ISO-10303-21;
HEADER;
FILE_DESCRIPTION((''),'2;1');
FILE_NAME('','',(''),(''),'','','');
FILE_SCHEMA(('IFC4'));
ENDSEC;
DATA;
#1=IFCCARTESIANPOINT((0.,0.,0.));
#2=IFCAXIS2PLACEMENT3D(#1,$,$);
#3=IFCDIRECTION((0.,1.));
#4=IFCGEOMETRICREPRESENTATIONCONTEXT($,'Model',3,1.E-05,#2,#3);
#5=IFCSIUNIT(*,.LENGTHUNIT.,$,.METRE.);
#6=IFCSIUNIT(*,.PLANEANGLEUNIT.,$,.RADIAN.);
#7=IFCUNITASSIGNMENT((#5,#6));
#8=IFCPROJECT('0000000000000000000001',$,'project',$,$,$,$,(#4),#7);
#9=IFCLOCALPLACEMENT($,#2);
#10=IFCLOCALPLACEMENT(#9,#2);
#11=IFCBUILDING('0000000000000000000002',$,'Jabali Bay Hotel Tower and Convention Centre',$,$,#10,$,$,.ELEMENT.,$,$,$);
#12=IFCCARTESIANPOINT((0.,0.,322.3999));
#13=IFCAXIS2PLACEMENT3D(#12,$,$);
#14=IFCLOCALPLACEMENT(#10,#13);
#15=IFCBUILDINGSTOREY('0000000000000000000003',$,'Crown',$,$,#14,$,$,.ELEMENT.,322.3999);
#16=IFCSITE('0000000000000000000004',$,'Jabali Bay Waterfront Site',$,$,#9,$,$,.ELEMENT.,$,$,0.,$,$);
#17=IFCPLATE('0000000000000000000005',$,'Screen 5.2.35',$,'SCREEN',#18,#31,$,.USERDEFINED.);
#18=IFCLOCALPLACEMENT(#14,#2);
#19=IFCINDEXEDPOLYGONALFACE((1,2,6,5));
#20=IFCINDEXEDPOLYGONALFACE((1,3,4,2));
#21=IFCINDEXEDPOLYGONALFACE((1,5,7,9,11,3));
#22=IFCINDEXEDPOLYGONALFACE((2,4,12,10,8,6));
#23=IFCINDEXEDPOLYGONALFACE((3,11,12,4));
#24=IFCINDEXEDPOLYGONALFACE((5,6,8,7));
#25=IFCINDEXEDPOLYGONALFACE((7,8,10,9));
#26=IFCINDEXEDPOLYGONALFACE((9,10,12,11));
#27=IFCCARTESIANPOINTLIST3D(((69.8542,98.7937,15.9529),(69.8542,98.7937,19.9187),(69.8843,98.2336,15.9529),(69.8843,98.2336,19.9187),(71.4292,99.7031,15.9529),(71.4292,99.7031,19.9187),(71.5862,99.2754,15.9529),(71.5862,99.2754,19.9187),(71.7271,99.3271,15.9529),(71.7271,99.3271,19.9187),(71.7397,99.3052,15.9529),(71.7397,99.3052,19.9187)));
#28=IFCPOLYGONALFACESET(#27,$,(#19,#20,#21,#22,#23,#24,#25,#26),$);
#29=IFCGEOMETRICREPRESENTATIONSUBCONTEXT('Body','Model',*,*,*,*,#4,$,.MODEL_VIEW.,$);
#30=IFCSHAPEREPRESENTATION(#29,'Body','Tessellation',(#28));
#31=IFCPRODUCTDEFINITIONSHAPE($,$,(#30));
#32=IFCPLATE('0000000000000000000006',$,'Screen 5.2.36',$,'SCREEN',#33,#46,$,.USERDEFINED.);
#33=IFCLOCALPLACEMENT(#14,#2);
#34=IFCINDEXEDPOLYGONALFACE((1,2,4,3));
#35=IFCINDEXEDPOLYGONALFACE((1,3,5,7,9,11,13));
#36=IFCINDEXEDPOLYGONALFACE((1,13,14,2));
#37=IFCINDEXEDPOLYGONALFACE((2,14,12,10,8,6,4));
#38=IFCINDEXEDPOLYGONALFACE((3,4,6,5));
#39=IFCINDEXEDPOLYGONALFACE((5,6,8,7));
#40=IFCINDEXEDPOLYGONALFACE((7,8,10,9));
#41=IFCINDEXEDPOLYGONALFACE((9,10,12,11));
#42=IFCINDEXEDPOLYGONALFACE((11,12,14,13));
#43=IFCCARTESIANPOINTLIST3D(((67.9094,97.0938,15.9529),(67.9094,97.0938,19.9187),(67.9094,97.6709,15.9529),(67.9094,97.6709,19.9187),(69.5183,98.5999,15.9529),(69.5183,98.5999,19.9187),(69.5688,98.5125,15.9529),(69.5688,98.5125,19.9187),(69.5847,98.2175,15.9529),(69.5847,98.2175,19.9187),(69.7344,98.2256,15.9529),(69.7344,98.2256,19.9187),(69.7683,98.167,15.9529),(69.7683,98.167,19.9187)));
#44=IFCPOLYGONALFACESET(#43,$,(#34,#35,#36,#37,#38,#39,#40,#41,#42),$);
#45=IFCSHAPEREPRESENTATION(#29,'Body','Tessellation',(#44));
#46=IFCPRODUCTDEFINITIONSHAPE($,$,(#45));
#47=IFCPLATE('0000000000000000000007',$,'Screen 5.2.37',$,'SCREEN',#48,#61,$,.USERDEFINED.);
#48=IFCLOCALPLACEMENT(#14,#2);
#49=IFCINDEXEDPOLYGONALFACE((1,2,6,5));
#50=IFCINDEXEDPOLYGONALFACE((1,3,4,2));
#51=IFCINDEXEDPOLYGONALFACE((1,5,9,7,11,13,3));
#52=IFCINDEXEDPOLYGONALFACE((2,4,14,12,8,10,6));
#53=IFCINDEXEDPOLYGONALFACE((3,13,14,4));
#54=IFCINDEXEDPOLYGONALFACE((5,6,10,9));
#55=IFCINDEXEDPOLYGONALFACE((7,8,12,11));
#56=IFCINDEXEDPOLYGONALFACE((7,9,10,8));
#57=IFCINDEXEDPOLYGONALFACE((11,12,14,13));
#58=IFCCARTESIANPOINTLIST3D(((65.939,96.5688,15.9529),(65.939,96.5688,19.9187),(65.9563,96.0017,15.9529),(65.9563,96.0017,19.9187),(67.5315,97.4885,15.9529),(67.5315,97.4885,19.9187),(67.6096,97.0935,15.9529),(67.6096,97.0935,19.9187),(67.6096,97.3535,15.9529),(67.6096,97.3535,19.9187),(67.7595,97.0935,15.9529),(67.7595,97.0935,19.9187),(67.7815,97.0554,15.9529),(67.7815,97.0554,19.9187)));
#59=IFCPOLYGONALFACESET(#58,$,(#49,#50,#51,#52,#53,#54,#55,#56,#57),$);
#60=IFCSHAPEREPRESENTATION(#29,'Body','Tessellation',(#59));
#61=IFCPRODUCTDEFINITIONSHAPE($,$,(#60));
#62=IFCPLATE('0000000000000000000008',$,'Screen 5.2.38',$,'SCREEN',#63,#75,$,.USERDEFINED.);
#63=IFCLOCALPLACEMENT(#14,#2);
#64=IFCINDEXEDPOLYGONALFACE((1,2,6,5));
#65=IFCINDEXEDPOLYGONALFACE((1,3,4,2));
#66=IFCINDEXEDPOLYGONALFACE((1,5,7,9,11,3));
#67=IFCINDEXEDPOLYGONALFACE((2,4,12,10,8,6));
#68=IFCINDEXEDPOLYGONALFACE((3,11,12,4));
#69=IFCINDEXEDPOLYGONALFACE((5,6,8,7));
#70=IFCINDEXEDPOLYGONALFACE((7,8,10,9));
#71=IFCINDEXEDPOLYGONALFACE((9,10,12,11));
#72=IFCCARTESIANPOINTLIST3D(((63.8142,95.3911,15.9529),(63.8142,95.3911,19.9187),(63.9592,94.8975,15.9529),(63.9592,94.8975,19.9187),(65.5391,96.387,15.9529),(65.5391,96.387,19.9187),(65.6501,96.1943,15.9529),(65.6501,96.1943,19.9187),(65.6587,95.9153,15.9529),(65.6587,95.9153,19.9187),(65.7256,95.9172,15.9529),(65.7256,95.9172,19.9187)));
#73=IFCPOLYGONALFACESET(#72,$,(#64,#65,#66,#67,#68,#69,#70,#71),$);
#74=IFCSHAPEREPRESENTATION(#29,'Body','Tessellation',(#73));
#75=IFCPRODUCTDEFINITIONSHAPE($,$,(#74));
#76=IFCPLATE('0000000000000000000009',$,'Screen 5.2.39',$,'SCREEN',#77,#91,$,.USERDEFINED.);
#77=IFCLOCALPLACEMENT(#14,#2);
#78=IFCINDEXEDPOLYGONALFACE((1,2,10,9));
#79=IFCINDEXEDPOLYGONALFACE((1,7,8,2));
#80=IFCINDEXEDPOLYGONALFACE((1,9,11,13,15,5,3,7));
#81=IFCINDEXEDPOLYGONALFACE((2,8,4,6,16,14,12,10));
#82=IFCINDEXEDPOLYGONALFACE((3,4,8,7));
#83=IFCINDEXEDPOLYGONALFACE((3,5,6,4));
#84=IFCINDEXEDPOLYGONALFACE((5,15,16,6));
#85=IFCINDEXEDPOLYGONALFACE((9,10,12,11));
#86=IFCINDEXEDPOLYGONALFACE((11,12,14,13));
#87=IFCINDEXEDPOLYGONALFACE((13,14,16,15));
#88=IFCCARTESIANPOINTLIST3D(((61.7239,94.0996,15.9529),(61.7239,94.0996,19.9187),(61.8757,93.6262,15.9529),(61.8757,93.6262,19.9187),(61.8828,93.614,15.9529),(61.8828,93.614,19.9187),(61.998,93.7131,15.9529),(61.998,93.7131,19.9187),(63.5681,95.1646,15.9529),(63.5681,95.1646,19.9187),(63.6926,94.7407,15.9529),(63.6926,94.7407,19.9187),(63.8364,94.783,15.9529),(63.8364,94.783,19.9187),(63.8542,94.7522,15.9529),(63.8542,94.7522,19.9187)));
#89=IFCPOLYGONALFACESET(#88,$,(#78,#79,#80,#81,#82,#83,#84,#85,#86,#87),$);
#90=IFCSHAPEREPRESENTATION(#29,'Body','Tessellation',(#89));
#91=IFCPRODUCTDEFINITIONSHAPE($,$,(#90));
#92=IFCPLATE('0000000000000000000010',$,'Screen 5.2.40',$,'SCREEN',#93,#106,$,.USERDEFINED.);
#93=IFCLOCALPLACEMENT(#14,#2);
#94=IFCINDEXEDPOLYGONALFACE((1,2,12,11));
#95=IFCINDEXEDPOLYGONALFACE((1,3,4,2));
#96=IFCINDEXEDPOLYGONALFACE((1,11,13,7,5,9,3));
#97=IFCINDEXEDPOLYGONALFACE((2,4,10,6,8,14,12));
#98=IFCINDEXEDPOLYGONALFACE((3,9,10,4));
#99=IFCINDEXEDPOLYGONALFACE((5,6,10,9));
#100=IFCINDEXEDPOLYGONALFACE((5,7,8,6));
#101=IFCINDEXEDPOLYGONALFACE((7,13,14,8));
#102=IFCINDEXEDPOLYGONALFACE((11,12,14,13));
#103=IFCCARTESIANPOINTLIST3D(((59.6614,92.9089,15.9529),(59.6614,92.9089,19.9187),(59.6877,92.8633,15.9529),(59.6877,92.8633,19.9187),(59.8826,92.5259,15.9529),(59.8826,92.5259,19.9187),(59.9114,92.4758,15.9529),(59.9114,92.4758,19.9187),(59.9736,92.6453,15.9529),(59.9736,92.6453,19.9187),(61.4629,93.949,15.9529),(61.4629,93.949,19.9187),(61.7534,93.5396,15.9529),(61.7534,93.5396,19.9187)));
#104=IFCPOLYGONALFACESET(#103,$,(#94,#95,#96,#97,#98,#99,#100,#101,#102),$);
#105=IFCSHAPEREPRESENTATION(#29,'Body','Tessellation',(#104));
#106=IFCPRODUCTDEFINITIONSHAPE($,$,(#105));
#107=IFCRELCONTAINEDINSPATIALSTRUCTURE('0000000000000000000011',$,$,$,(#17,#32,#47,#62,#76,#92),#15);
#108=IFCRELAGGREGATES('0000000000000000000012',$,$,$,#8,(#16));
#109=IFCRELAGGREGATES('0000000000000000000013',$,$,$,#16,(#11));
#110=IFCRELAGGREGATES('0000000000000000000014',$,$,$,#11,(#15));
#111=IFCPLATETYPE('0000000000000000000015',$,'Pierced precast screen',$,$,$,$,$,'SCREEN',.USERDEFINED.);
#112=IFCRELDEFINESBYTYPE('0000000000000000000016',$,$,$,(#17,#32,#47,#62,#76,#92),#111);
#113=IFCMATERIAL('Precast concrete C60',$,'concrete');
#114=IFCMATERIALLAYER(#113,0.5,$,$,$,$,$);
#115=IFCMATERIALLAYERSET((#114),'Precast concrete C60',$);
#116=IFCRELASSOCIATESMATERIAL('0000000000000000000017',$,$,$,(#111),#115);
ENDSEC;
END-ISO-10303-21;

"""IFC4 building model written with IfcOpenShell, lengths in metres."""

from ifc_helpers import new_model, si_unit, direction, frame, origin, place, context, subcontext, project, spatial, polyline, outline, extrude, material, layer, layer_set, type_object, element, save


model = new_model("IFC4")

# Units and contexts
model_context = context("Model", 3, precision=1e-05, world=origin(), true_north=direction((0.0, 1.0)))
body_context = subcontext(model_context, "Body", "Model", "MODEL_VIEW")
ifc_project = project(units=[si_unit("LENGTHUNIT", "METRE"), si_unit("PLANEANGLEUNIT", "RADIAN")], contexts=[model_context])

# Site, building, storey
site_placement = place(None, origin())
site = spatial("IfcSite", under=ifc_project, at=site_placement, Name="Jabali Bay Waterfront Site", CompositionType="ELEMENT", RefElevation=0.0)
building_placement = place(site_placement, origin())
building = spatial("IfcBuilding", under=site, at=building_placement, Name="Jabali Bay Hotel Tower and Convention Centre", CompositionType="ELEMENT")
storey_placement = place(building_placement, frame((0.0, 0.0, 322.3999)))
storey = spatial("IfcBuildingStorey", under=building, at=storey_placement, Name="Crown", CompositionType="ELEMENT", Elevation=322.3999)

# Plates
ifc_material = material(Name="Precast concrete C60", Category="concrete")
ifc_layer = layer(ifc_material, 0.5)
ifc_layer_set = layer_set([ifc_layer], Name="Precast concrete C60")
plate_type = type_object("IfcPlateType", Name="Pierced precast screen", ElementType="SCREEN", PredefinedType="USERDEFINED", material=ifc_layer_set)
plate_1_placement = place(storey_placement, frame((0.0, 0.0, 15.9529)))
element("IfcPlate", 1, at=plate_1_placement, inside=storey, type_object=plate_type, Name="Screen 5.2.35", ObjectType="SCREEN", PredefinedType="USERDEFINED", context=body_context, shape_type="SweptSolid", body=[
    extrude(outline(polyline([(69.8843, 98.2336), (71.7397, 99.3052), (71.7271, 99.3271), (71.5862, 99.2754), (71.4292, 99.7031), (69.8542, 98.7937), (69.8843, 98.2336)])), origin(), (0.0, 0.0, 1.0), 3.9658),
])
plate_2_placement = place(storey_placement, frame((0.0, 0.0, 15.9529)))
element("IfcPlate", 2, at=plate_2_placement, inside=storey, type_object=plate_type, Name="Screen 5.2.36", ObjectType="SCREEN", PredefinedType="USERDEFINED", context=body_context, shape_type="SweptSolid", body=[
    extrude(outline(polyline([(67.9094, 97.0938), (69.7683, 98.167), (69.7344, 98.2256), (69.5847, 98.2175), (69.5688, 98.5125), (69.5183, 98.5999), (67.9094, 97.6709), (67.9094, 97.0938)])), origin(), (0.0, 0.0, 1.0), 3.9658),
])
plate_3_placement = place(storey_placement, frame((0.0, 0.0, 15.9529)))
element("IfcPlate", 3, at=plate_3_placement, inside=storey, type_object=plate_type, Name="Screen 5.2.37", ObjectType="SCREEN", PredefinedType="USERDEFINED", context=body_context, shape_type="SweptSolid", body=[
    extrude(outline(polyline([(65.9563, 96.0017), (67.7815, 97.0554), (67.7595, 97.0935), (67.6096, 97.0935), (67.6096, 97.3535), (67.5315, 97.4885), (65.939, 96.5688), (65.9563, 96.0017)])), origin(), (0.0, 0.0, 1.0), 3.9658),
])
plate_4_placement = place(storey_placement, frame((0.0, 0.0, 15.9529)))
element("IfcPlate", 4, at=plate_4_placement, inside=storey, type_object=plate_type, Name="Screen 5.2.38", ObjectType="SCREEN", PredefinedType="USERDEFINED", context=body_context, shape_type="SweptSolid", body=[
    extrude(outline(polyline([(63.9592, 94.8975), (65.7256, 95.9172), (65.6587, 95.9153), (65.6501, 96.1943), (65.5391, 96.387), (63.8142, 95.3911), (63.9592, 94.8975)])), origin(), (0.0, 0.0, 1.0), 3.9658),
])
plate_5_placement = place(storey_placement, frame((0.0, 0.0, 15.9529)))
element("IfcPlate", 5, at=plate_5_placement, inside=storey, type_object=plate_type, Name="Screen 5.2.39", ObjectType="SCREEN", PredefinedType="USERDEFINED", context=body_context, shape_type="SweptSolid", body=[
    extrude(outline(polyline([(61.8828, 93.614), (63.8542, 94.7522), (63.8364, 94.783), (63.6926, 94.7407), (63.5681, 95.1646), (61.7239, 94.0996), (61.998, 93.7131), (61.8757, 93.6262), (61.8828, 93.614)])), origin(), (0.0, 0.0, 1.0), 3.9658),
])
plate_6_placement = place(storey_placement, frame((0.0, 0.0, 15.9529)))
element("IfcPlate", 6, at=plate_6_placement, inside=storey, type_object=plate_type, Name="Screen 5.2.40", ObjectType="SCREEN", PredefinedType="USERDEFINED", context=body_context, shape_type="SweptSolid", body=[
    extrude(outline(polyline([(59.9114, 92.4758), (61.7534, 93.5396), (61.4629, 93.949), (59.6614, 92.9089), (59.6877, 92.8633), (59.9736, 92.6453), (59.8826, 92.5259), (59.9114, 92.4758)])), origin(), (0.0, 0.0, 1.0), 3.9658),
])

save(model, "model.ifc")
